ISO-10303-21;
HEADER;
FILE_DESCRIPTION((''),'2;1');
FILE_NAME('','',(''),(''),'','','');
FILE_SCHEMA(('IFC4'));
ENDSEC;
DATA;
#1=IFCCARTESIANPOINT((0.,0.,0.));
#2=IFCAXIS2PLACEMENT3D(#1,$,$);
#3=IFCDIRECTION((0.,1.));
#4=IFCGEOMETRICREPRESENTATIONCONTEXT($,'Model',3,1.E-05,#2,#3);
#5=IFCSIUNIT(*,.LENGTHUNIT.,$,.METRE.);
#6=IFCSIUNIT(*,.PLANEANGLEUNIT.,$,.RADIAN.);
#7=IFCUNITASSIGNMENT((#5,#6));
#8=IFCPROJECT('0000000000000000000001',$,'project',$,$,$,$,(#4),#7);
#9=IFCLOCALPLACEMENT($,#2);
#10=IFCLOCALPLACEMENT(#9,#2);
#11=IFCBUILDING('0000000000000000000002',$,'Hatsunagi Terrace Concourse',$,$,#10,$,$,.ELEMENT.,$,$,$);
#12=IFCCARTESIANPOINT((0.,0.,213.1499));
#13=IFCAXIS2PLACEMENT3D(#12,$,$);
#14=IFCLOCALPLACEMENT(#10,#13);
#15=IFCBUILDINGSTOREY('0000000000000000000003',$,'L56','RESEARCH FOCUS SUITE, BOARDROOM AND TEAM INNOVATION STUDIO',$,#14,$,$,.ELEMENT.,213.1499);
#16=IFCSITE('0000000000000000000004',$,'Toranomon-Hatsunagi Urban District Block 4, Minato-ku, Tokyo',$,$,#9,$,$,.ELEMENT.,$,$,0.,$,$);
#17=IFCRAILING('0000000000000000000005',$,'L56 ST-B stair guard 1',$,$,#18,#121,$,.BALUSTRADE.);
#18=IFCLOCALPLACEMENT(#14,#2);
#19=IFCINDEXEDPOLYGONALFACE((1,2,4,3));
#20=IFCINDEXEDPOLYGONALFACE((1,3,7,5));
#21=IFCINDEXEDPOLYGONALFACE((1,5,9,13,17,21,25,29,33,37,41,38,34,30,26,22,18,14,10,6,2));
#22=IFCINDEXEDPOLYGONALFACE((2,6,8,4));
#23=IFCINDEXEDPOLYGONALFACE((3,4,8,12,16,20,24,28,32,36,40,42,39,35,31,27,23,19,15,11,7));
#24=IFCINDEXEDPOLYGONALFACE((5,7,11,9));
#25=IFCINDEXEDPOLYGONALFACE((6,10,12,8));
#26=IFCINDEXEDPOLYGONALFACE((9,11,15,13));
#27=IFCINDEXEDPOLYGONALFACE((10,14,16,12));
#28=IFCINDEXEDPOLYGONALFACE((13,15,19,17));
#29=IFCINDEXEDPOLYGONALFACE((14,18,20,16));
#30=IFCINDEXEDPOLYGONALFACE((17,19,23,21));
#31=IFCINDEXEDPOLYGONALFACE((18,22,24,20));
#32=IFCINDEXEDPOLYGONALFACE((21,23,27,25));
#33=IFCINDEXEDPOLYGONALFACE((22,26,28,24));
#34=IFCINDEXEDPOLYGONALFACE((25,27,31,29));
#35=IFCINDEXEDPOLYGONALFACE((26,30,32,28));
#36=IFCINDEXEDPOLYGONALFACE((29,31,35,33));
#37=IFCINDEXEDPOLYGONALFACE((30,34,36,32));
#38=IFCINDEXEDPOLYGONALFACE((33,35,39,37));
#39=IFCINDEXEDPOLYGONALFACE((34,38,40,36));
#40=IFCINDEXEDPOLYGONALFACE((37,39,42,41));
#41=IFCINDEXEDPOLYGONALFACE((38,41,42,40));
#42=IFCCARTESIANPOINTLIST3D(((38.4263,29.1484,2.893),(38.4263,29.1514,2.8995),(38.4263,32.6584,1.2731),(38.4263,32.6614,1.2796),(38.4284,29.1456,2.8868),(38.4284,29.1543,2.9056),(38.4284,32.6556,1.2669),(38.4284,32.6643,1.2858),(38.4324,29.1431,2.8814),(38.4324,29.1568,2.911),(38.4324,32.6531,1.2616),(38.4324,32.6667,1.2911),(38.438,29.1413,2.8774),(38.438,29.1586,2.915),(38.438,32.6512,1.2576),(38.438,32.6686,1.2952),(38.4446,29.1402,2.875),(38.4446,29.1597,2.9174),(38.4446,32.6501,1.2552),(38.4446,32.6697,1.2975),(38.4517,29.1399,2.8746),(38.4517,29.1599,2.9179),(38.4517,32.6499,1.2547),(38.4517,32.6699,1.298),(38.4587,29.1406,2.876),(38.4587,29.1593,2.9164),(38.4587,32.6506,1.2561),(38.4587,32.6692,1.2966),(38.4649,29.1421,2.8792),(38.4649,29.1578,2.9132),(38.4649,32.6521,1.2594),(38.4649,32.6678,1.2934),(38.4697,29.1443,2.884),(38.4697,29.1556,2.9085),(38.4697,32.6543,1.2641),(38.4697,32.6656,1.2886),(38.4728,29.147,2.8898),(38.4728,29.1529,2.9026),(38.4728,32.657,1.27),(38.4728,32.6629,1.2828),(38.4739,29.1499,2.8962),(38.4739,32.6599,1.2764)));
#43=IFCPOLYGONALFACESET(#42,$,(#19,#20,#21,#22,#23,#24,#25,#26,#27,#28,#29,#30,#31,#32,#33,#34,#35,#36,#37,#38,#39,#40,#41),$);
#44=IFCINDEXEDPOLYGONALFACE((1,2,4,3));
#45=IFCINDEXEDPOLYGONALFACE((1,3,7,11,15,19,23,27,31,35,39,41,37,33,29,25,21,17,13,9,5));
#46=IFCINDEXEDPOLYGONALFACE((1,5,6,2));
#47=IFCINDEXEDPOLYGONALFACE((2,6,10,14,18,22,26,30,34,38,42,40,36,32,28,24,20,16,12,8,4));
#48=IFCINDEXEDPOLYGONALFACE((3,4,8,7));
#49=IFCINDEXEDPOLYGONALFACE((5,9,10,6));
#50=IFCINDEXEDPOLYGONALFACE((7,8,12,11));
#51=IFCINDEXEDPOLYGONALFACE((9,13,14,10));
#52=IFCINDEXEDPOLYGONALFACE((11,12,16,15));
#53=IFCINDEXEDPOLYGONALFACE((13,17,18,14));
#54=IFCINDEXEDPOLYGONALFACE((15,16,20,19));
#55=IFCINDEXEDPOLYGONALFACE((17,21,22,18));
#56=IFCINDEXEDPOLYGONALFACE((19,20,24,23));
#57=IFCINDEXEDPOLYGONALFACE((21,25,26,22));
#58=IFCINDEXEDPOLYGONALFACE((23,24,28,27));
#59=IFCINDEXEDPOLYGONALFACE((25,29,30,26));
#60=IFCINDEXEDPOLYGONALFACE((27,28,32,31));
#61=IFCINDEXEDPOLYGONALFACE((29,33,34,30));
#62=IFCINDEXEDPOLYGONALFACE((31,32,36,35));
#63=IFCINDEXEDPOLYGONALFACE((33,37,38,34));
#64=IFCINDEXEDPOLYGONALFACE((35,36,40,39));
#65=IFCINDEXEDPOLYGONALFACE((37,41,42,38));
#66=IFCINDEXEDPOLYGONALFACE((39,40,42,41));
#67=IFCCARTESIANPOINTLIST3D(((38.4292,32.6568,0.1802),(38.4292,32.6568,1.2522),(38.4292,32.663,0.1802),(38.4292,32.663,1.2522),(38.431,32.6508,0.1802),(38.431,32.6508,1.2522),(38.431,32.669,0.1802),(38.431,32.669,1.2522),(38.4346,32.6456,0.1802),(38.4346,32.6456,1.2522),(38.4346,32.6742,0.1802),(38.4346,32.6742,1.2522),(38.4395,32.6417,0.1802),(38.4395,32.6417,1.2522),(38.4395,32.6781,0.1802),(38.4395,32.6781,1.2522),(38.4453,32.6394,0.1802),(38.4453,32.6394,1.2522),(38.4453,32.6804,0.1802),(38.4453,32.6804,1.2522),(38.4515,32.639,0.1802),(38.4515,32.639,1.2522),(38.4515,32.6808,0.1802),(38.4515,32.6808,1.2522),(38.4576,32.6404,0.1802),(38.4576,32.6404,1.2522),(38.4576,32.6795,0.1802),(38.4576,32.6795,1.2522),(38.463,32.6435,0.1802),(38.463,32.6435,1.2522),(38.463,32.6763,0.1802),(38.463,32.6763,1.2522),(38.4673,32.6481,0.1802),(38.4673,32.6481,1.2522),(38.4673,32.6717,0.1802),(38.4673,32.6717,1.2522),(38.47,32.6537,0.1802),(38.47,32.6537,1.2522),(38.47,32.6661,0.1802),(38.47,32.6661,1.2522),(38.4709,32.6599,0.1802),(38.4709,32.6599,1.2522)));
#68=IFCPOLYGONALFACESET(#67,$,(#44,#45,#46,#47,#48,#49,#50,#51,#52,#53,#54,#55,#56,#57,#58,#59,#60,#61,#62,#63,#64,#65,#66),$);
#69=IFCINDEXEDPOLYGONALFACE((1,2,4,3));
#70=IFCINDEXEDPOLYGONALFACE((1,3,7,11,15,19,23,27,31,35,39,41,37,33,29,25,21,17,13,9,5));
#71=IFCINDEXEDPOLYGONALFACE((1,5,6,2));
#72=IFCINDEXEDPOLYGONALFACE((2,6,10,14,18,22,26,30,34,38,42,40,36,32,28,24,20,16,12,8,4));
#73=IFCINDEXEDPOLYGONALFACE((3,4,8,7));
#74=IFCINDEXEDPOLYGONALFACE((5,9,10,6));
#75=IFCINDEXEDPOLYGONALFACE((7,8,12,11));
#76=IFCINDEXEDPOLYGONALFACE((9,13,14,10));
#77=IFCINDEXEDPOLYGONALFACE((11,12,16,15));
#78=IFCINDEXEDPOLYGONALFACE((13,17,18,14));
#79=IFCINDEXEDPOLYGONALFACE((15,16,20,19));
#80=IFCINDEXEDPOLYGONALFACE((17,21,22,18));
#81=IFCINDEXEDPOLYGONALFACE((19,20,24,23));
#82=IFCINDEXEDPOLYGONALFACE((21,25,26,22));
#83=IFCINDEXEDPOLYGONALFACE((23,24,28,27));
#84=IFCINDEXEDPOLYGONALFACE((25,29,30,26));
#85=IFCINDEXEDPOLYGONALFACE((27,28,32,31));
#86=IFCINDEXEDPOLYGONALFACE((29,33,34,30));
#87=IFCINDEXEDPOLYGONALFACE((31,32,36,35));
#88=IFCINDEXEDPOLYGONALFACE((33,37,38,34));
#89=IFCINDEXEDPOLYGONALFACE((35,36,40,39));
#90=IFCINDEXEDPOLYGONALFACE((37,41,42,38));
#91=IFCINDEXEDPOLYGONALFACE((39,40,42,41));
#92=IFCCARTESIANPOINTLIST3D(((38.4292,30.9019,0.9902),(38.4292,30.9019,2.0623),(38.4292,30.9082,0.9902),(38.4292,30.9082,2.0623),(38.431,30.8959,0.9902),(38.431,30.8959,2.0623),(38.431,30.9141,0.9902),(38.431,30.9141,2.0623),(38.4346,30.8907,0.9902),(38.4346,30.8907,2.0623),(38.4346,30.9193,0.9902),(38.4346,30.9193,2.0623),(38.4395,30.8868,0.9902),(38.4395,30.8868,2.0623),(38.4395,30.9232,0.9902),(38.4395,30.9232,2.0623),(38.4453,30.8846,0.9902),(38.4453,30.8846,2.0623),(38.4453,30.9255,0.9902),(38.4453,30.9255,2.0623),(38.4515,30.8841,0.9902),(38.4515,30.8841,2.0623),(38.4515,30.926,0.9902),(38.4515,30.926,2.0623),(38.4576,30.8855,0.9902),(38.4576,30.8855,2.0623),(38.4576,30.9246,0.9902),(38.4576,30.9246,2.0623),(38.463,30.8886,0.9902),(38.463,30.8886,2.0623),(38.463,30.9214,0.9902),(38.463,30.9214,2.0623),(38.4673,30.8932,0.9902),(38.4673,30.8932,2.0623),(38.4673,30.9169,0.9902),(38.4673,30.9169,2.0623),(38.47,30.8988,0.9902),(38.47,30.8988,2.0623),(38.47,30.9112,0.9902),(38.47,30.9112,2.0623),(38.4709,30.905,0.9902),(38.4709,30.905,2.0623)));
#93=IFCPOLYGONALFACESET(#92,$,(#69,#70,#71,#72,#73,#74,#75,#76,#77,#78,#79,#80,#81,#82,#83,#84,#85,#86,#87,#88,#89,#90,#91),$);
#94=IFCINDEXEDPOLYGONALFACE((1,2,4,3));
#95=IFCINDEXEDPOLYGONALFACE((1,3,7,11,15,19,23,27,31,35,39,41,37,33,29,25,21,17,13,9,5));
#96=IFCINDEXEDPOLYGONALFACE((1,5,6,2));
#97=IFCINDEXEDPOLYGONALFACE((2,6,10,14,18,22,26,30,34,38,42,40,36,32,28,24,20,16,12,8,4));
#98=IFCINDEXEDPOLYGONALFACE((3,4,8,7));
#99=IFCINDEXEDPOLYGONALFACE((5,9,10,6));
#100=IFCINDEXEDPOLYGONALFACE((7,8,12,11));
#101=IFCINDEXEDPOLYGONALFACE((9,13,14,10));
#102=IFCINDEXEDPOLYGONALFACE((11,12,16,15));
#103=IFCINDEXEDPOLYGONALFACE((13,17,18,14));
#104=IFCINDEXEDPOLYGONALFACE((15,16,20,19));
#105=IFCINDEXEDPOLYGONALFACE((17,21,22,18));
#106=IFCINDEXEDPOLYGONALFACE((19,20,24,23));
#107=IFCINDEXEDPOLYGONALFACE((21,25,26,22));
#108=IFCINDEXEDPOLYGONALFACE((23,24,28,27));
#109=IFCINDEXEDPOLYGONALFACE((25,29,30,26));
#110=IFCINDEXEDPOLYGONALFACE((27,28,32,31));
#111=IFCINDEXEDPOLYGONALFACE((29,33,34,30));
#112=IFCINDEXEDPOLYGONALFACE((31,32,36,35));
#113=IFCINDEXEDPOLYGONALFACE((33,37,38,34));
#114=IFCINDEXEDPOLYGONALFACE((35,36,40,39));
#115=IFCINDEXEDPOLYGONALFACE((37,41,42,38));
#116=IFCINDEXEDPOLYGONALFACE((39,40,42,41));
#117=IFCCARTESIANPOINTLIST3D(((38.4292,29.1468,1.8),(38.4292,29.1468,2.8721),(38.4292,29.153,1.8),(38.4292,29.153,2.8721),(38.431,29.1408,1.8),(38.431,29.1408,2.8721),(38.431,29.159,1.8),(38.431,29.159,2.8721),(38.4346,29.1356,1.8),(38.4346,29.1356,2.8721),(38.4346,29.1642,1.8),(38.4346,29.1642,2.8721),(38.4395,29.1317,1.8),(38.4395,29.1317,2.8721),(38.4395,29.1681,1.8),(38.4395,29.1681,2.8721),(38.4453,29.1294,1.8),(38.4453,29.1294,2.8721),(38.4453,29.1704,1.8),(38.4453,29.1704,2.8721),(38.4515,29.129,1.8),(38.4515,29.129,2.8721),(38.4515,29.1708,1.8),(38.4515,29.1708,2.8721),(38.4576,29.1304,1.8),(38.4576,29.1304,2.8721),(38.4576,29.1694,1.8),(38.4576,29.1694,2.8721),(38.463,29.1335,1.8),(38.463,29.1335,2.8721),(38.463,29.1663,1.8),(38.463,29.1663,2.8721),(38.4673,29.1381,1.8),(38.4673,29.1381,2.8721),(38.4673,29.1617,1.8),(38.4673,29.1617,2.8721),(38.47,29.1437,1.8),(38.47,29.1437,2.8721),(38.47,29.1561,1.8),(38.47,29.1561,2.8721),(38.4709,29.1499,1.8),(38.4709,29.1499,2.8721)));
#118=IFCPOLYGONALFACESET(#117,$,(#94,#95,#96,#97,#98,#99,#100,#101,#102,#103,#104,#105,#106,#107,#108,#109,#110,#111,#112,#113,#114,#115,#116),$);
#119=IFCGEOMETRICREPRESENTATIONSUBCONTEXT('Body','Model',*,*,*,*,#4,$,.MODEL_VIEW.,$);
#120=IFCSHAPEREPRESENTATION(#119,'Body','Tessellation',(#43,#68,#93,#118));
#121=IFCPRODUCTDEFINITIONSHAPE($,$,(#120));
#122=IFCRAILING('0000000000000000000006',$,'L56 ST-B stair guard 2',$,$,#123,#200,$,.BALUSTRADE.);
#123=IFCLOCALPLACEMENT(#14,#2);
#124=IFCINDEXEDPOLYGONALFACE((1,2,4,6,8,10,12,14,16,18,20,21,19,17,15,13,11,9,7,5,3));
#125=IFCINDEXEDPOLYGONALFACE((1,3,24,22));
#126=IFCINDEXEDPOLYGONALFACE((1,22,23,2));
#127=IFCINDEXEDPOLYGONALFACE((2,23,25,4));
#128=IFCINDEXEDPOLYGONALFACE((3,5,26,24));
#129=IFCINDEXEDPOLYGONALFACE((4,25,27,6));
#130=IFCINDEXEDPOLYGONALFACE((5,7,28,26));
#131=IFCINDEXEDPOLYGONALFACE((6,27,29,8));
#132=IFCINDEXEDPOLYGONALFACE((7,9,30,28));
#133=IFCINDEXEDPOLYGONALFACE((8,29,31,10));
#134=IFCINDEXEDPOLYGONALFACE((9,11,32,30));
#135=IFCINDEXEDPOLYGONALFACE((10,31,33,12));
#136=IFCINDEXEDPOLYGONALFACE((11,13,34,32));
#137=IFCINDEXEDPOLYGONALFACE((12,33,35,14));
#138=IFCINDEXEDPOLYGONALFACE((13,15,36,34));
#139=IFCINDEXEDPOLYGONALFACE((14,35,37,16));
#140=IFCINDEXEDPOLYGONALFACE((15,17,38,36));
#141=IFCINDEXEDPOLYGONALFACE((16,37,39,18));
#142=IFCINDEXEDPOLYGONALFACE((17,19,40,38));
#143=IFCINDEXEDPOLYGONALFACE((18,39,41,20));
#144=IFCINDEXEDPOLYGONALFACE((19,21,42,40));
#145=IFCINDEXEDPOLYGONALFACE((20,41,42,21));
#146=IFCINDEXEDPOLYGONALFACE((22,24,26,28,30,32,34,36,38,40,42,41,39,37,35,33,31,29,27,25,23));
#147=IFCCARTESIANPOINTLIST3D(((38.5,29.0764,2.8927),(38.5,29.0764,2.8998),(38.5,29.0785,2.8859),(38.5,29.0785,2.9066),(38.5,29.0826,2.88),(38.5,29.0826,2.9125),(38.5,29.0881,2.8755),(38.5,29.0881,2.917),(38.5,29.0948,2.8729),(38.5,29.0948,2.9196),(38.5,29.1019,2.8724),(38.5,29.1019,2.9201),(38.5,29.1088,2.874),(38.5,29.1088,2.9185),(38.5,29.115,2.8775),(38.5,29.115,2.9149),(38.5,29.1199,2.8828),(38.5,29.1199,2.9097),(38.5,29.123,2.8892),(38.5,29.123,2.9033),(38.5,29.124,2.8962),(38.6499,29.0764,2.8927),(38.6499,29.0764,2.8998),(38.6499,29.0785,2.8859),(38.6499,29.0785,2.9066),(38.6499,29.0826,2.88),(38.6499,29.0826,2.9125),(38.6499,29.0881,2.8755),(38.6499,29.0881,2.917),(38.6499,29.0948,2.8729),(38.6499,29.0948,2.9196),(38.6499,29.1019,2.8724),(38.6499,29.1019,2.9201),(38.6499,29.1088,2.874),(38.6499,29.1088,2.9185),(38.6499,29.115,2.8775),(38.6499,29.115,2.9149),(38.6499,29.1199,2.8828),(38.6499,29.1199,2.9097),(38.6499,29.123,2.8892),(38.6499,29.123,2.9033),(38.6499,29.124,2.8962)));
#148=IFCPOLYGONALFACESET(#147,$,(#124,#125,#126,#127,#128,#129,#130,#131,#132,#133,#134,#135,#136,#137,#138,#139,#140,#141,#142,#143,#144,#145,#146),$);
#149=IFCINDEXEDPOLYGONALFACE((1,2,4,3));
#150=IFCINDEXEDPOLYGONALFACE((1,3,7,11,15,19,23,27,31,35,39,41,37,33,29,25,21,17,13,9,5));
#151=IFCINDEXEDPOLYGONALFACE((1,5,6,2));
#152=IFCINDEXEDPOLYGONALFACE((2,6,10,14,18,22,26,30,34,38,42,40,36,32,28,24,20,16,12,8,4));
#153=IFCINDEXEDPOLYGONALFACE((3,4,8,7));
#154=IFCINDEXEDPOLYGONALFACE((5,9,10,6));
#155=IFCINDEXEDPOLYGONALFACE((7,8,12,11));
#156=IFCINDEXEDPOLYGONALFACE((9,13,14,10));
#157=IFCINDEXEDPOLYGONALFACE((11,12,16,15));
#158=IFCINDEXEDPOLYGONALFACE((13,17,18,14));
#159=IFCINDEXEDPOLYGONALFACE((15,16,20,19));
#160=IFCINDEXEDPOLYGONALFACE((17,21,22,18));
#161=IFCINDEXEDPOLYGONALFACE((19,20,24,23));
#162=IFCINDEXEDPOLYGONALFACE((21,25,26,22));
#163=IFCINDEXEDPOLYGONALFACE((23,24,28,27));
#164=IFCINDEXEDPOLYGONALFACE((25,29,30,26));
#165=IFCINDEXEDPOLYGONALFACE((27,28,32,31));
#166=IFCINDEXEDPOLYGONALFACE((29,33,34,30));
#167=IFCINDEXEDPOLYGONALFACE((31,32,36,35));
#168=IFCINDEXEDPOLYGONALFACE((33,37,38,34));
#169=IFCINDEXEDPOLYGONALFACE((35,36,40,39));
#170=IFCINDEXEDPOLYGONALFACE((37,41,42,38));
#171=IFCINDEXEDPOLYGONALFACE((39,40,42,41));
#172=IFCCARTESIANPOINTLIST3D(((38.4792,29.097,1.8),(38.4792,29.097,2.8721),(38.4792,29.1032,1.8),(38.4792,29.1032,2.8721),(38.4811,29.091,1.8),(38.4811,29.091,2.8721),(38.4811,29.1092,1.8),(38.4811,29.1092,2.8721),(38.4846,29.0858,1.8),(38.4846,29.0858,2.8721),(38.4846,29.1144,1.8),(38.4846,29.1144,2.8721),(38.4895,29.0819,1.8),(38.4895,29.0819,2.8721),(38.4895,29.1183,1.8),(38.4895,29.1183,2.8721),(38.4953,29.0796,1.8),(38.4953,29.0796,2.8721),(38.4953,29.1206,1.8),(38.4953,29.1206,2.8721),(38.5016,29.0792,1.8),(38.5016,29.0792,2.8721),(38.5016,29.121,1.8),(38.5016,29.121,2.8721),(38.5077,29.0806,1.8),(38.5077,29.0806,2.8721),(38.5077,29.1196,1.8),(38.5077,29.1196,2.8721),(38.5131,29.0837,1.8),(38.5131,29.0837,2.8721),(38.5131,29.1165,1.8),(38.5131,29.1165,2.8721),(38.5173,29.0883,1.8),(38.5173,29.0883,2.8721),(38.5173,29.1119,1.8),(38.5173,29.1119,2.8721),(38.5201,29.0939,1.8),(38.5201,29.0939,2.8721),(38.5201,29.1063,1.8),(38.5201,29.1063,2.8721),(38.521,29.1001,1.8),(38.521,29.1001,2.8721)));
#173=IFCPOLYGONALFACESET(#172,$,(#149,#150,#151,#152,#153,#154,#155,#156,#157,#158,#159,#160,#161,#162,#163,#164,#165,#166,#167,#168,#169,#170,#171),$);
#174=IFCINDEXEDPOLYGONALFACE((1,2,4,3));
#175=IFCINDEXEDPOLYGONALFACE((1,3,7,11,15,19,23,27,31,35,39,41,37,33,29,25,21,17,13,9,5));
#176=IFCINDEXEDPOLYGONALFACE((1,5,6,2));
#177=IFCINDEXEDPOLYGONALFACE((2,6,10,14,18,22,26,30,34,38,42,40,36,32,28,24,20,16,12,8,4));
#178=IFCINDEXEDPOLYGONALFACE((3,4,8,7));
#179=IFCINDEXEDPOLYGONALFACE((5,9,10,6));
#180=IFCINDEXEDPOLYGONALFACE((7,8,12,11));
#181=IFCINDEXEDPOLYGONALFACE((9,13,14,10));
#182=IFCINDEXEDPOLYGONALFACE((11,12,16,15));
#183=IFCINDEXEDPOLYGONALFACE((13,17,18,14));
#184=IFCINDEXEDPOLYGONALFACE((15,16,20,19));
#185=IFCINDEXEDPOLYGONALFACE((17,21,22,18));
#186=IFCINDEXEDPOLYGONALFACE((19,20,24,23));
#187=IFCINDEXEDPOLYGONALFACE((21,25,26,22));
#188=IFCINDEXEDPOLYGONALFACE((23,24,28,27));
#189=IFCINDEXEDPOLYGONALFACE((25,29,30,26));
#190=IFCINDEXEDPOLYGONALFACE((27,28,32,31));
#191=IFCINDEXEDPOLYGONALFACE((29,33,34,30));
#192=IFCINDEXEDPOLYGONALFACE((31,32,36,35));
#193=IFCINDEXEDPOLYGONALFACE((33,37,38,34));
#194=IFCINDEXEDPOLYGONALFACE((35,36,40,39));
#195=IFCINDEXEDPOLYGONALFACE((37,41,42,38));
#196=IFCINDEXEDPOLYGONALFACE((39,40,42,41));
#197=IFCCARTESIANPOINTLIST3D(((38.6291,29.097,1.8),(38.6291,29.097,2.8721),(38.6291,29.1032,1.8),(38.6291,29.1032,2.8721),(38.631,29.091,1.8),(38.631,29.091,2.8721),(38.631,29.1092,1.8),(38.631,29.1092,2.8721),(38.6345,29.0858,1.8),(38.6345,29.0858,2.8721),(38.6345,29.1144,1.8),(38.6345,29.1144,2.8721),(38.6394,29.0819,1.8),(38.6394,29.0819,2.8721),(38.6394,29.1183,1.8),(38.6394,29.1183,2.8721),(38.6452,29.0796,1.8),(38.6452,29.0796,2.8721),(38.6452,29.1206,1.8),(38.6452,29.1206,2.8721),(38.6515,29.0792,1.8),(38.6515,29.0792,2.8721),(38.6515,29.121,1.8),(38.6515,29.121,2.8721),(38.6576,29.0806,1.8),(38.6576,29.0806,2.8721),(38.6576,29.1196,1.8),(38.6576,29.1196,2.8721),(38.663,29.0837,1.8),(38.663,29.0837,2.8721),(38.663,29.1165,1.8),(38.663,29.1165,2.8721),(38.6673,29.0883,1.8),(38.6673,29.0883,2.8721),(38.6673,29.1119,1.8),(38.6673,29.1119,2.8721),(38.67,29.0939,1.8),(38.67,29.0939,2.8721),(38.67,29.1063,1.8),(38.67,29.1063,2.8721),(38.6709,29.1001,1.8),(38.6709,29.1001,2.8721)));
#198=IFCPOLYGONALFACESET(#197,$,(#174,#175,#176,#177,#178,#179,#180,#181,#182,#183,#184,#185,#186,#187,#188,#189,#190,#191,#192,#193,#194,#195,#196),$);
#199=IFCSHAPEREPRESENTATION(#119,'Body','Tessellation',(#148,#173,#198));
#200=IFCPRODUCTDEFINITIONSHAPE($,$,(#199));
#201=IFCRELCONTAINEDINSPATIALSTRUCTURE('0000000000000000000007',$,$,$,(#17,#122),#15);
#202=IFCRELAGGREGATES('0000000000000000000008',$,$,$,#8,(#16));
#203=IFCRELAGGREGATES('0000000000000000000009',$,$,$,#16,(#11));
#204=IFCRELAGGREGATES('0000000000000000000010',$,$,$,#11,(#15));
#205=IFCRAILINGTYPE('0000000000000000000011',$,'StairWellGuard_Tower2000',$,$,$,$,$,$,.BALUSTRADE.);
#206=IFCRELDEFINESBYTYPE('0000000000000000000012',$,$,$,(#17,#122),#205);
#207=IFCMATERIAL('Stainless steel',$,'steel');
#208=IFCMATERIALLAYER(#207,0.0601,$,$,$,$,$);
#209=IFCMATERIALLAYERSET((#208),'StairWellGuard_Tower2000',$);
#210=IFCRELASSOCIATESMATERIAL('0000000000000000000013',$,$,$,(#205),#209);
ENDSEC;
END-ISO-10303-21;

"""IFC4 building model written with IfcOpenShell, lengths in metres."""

from ifc_helpers import new_model, si_unit, direction, frame, origin, origin_2d, place, context, subcontext, project, spatial, circle, extrude, material, layer, layer_set, type_object, element, save


model = new_model("IFC4")

# Units and contexts
model_context = context("Model", 3, precision=1e-05, world=origin(), true_north=direction((0.0, 1.0)))
body_context = subcontext(model_context, "Body", "Model", "MODEL_VIEW")
ifc_project = project(units=[si_unit("LENGTHUNIT", "METRE"), si_unit("PLANEANGLEUNIT", "RADIAN")], contexts=[model_context])

# Site, building, storey
site_placement = place(None, origin())
site = spatial("IfcSite", under=ifc_project, at=site_placement, Name="Toranomon-Hatsunagi Urban District Block 4, Minato-ku, Tokyo", CompositionType="ELEMENT", RefElevation=0.0)
building_placement = place(site_placement, origin())
building = spatial("IfcBuilding", under=site, at=building_placement, Name="Hatsunagi Terrace Concourse", CompositionType="ELEMENT")
storey_placement = place(building_placement, frame((0.0, 0.0, 213.1499)))
storey = spatial("IfcBuildingStorey", under=building, at=storey_placement, Name="L56", Description="RESEARCH FOCUS SUITE, BOARDROOM AND TEAM INNOVATION STUDIO", CompositionType="ELEMENT", Elevation=213.1499)

# Railings
ifc_material_1 = material(Name="Stainless steel", Category="steel")
ifc_layer_1 = layer(ifc_material_1, 0.0601)
ifc_layer_set_1 = layer_set([ifc_layer_1], Name="StairWellGuard_Tower2000")
railing_type_1 = type_object("IfcRailingType", Name="StairWellGuard_Tower2000", PredefinedType="BALUSTRADE", material=ifc_layer_set_1)
railing_1_placement = place(storey_placement, frame((38.45, 32.6599, 0.1802)))
element("IfcRailing", 1, at=railing_1_placement, inside=storey, type_object=railing_type_1, Name="L56 ST-B stair guard 1", PredefinedType="BALUSTRADE", context=body_context, shape_type="SweptSolid", body=[
    extrude(circle(Radius=0.0239, at=origin_2d()), frame((0.0, 0.0, 1.0962), z_axis=(0.0, -0.907972, 0.41903), x_axis=(1.0, 0.0, 0.0)), (0.0, 0.0, 1.0), 3.8657),
    extrude(circle(Radius=0.021, at=origin_2d()), origin(), (0.0, 0.0, 1.0), 1.072),
    extrude(circle(Radius=0.021, at=origin_2d()), frame((0.0, -1.7549, 0.8101)), (0.0, 0.0, 1.0), 1.072),
    extrude(circle(Radius=0.021, at=origin_2d()), frame((0.0, -3.51, 1.6199)), (0.0, 0.0, 1.0), 1.072),
])
railing_2_placement = place(storey_placement, frame((38.5, 29.1001, 1.8)))
element("IfcRailing", 2, at=railing_2_placement, inside=storey, type_object=railing_type_1, Name="L56 ST-B stair guard 2", PredefinedType="BALUSTRADE", context=body_context, shape_type="SweptSolid", body=[
    extrude(circle(Radius=0.0239, at=origin_2d()), frame((0.0, 0.0, 1.0962), z_axis=(1.0, 0.0, 0.0), x_axis=(0.0, 1.0, 0.0)), (0.0, 0.0, 1.0), 0.1499),
    extrude(circle(Radius=0.021, at=origin_2d()), origin(), (0.0, 0.0, 1.0), 1.072),
    extrude(circle(Radius=0.021, at=origin_2d()), frame((0.1499, 0.0, 0.0)), (0.0, 0.0, 1.0), 1.072),
])

save(model, "model.ifc")
